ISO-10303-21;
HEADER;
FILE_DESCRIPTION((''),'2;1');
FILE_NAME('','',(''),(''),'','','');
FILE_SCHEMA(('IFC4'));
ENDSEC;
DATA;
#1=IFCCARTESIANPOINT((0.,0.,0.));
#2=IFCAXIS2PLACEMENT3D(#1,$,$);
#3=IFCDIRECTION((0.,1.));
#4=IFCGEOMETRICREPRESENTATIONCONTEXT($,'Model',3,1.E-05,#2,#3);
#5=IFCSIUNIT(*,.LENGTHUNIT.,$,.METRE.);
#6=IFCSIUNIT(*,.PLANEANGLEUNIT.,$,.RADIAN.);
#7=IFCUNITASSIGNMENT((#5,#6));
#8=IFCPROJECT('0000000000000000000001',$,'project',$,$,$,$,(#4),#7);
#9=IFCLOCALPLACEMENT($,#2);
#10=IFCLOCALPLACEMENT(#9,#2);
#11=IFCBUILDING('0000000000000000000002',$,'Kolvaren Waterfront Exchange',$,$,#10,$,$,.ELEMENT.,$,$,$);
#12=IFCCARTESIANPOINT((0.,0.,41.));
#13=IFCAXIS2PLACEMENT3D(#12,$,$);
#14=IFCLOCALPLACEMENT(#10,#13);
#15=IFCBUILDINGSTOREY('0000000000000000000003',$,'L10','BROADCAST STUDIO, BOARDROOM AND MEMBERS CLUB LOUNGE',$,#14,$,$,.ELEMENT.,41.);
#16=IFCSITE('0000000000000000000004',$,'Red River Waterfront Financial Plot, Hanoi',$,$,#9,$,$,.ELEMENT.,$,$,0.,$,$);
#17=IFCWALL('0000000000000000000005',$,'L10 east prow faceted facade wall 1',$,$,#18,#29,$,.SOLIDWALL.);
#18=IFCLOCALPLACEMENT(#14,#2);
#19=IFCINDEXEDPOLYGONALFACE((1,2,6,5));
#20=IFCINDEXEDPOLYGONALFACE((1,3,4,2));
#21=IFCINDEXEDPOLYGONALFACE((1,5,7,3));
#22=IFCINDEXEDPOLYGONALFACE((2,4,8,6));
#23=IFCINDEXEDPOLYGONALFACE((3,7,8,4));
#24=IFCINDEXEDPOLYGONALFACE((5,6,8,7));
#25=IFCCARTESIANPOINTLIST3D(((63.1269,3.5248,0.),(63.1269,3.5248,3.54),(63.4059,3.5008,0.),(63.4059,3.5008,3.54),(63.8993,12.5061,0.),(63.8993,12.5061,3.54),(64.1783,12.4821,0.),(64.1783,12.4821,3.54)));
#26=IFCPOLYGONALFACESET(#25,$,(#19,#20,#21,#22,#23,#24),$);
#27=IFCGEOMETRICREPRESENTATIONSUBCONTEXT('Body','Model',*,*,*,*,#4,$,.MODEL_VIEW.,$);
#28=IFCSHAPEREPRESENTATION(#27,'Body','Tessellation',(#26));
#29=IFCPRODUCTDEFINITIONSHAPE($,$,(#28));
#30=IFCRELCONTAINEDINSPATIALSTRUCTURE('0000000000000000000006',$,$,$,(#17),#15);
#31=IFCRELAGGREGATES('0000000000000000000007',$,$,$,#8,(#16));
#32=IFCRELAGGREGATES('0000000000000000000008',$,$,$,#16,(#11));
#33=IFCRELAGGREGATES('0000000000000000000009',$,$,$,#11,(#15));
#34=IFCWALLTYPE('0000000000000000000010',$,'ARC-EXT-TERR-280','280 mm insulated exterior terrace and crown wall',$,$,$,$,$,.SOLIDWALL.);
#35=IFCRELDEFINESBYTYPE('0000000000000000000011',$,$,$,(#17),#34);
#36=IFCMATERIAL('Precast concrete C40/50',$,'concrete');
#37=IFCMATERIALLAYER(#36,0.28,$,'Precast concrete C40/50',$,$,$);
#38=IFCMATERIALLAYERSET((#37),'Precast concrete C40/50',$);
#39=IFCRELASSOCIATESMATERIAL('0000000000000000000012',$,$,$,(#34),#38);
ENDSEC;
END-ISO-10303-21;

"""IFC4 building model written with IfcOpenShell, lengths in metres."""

from ifc_helpers import new_model, si_unit, direction, frame, frame_2d, origin, place, context, subcontext, project, spatial, rectangle, extrude, material, layer, layer_set, type_object, element, save


model = new_model("IFC4")

# Units and contexts
model_context = context("Model", 3, precision=1e-05, world=origin(), true_north=direction((0.0, 1.0)))
body_context = subcontext(model_context, "Body", "Model", "MODEL_VIEW")
ifc_project = project(units=[si_unit("LENGTHUNIT", "METRE"), si_unit("PLANEANGLEUNIT", "RADIAN")], contexts=[model_context])

# Site, building, storey
site_placement = place(None, origin())
site = spatial("IfcSite", under=ifc_project, at=site_placement, Name="Red River Waterfront Financial Plot, Hanoi", CompositionType="ELEMENT", RefElevation=0.0)
building_placement = place(site_placement, origin())
building = spatial("IfcBuilding", under=site, at=building_placement, Name="Kolvaren Waterfront Exchange", CompositionType="ELEMENT")
storey_placement = place(building_placement, frame((0.0, 0.0, 41.0)))
storey = spatial("IfcBuildingStorey", under=building, at=storey_placement, Name="L10", Description="BROADCAST STUDIO, BOARDROOM AND MEMBERS CLUB LOUNGE", CompositionType="ELEMENT", Elevation=41.0)

# Wall
ifc_material_1 = material(Name="Precast concrete C40/50", Category="concrete")
ifc_layer_1 = layer(ifc_material_1, 0.28, Name="Precast concrete C40/50")
ifc_layer_set_1 = layer_set([ifc_layer_1], Name="Precast concrete C40/50")
wall_type = type_object("IfcWallType", Name="ARC-EXT-TERR-280", Description="280 mm insulated exterior terrace and crown wall", PredefinedType="SOLIDWALL", material=ifc_layer_set_1)
wall_1_placement = place(storey_placement, frame((63.2664, 3.5127, 0.0), z_axis=(0.0, 0.0, 1.0), x_axis=(0.085692, 0.996322, 0.0)))
element("IfcWall", 1, at=wall_1_placement, inside=storey, type_object=wall_type, Name="L10 east prow faceted facade wall 1", PredefinedType="SOLIDWALL", context=body_context, shape_type="SweptSolid", body=[
    extrude(rectangle(XDim=9.0144, YDim=0.28, at=frame_2d((4.5073, 0.0))), origin(), (0.0, 0.0, 1.0), 3.54),
])

save(model, "model.ifc")
